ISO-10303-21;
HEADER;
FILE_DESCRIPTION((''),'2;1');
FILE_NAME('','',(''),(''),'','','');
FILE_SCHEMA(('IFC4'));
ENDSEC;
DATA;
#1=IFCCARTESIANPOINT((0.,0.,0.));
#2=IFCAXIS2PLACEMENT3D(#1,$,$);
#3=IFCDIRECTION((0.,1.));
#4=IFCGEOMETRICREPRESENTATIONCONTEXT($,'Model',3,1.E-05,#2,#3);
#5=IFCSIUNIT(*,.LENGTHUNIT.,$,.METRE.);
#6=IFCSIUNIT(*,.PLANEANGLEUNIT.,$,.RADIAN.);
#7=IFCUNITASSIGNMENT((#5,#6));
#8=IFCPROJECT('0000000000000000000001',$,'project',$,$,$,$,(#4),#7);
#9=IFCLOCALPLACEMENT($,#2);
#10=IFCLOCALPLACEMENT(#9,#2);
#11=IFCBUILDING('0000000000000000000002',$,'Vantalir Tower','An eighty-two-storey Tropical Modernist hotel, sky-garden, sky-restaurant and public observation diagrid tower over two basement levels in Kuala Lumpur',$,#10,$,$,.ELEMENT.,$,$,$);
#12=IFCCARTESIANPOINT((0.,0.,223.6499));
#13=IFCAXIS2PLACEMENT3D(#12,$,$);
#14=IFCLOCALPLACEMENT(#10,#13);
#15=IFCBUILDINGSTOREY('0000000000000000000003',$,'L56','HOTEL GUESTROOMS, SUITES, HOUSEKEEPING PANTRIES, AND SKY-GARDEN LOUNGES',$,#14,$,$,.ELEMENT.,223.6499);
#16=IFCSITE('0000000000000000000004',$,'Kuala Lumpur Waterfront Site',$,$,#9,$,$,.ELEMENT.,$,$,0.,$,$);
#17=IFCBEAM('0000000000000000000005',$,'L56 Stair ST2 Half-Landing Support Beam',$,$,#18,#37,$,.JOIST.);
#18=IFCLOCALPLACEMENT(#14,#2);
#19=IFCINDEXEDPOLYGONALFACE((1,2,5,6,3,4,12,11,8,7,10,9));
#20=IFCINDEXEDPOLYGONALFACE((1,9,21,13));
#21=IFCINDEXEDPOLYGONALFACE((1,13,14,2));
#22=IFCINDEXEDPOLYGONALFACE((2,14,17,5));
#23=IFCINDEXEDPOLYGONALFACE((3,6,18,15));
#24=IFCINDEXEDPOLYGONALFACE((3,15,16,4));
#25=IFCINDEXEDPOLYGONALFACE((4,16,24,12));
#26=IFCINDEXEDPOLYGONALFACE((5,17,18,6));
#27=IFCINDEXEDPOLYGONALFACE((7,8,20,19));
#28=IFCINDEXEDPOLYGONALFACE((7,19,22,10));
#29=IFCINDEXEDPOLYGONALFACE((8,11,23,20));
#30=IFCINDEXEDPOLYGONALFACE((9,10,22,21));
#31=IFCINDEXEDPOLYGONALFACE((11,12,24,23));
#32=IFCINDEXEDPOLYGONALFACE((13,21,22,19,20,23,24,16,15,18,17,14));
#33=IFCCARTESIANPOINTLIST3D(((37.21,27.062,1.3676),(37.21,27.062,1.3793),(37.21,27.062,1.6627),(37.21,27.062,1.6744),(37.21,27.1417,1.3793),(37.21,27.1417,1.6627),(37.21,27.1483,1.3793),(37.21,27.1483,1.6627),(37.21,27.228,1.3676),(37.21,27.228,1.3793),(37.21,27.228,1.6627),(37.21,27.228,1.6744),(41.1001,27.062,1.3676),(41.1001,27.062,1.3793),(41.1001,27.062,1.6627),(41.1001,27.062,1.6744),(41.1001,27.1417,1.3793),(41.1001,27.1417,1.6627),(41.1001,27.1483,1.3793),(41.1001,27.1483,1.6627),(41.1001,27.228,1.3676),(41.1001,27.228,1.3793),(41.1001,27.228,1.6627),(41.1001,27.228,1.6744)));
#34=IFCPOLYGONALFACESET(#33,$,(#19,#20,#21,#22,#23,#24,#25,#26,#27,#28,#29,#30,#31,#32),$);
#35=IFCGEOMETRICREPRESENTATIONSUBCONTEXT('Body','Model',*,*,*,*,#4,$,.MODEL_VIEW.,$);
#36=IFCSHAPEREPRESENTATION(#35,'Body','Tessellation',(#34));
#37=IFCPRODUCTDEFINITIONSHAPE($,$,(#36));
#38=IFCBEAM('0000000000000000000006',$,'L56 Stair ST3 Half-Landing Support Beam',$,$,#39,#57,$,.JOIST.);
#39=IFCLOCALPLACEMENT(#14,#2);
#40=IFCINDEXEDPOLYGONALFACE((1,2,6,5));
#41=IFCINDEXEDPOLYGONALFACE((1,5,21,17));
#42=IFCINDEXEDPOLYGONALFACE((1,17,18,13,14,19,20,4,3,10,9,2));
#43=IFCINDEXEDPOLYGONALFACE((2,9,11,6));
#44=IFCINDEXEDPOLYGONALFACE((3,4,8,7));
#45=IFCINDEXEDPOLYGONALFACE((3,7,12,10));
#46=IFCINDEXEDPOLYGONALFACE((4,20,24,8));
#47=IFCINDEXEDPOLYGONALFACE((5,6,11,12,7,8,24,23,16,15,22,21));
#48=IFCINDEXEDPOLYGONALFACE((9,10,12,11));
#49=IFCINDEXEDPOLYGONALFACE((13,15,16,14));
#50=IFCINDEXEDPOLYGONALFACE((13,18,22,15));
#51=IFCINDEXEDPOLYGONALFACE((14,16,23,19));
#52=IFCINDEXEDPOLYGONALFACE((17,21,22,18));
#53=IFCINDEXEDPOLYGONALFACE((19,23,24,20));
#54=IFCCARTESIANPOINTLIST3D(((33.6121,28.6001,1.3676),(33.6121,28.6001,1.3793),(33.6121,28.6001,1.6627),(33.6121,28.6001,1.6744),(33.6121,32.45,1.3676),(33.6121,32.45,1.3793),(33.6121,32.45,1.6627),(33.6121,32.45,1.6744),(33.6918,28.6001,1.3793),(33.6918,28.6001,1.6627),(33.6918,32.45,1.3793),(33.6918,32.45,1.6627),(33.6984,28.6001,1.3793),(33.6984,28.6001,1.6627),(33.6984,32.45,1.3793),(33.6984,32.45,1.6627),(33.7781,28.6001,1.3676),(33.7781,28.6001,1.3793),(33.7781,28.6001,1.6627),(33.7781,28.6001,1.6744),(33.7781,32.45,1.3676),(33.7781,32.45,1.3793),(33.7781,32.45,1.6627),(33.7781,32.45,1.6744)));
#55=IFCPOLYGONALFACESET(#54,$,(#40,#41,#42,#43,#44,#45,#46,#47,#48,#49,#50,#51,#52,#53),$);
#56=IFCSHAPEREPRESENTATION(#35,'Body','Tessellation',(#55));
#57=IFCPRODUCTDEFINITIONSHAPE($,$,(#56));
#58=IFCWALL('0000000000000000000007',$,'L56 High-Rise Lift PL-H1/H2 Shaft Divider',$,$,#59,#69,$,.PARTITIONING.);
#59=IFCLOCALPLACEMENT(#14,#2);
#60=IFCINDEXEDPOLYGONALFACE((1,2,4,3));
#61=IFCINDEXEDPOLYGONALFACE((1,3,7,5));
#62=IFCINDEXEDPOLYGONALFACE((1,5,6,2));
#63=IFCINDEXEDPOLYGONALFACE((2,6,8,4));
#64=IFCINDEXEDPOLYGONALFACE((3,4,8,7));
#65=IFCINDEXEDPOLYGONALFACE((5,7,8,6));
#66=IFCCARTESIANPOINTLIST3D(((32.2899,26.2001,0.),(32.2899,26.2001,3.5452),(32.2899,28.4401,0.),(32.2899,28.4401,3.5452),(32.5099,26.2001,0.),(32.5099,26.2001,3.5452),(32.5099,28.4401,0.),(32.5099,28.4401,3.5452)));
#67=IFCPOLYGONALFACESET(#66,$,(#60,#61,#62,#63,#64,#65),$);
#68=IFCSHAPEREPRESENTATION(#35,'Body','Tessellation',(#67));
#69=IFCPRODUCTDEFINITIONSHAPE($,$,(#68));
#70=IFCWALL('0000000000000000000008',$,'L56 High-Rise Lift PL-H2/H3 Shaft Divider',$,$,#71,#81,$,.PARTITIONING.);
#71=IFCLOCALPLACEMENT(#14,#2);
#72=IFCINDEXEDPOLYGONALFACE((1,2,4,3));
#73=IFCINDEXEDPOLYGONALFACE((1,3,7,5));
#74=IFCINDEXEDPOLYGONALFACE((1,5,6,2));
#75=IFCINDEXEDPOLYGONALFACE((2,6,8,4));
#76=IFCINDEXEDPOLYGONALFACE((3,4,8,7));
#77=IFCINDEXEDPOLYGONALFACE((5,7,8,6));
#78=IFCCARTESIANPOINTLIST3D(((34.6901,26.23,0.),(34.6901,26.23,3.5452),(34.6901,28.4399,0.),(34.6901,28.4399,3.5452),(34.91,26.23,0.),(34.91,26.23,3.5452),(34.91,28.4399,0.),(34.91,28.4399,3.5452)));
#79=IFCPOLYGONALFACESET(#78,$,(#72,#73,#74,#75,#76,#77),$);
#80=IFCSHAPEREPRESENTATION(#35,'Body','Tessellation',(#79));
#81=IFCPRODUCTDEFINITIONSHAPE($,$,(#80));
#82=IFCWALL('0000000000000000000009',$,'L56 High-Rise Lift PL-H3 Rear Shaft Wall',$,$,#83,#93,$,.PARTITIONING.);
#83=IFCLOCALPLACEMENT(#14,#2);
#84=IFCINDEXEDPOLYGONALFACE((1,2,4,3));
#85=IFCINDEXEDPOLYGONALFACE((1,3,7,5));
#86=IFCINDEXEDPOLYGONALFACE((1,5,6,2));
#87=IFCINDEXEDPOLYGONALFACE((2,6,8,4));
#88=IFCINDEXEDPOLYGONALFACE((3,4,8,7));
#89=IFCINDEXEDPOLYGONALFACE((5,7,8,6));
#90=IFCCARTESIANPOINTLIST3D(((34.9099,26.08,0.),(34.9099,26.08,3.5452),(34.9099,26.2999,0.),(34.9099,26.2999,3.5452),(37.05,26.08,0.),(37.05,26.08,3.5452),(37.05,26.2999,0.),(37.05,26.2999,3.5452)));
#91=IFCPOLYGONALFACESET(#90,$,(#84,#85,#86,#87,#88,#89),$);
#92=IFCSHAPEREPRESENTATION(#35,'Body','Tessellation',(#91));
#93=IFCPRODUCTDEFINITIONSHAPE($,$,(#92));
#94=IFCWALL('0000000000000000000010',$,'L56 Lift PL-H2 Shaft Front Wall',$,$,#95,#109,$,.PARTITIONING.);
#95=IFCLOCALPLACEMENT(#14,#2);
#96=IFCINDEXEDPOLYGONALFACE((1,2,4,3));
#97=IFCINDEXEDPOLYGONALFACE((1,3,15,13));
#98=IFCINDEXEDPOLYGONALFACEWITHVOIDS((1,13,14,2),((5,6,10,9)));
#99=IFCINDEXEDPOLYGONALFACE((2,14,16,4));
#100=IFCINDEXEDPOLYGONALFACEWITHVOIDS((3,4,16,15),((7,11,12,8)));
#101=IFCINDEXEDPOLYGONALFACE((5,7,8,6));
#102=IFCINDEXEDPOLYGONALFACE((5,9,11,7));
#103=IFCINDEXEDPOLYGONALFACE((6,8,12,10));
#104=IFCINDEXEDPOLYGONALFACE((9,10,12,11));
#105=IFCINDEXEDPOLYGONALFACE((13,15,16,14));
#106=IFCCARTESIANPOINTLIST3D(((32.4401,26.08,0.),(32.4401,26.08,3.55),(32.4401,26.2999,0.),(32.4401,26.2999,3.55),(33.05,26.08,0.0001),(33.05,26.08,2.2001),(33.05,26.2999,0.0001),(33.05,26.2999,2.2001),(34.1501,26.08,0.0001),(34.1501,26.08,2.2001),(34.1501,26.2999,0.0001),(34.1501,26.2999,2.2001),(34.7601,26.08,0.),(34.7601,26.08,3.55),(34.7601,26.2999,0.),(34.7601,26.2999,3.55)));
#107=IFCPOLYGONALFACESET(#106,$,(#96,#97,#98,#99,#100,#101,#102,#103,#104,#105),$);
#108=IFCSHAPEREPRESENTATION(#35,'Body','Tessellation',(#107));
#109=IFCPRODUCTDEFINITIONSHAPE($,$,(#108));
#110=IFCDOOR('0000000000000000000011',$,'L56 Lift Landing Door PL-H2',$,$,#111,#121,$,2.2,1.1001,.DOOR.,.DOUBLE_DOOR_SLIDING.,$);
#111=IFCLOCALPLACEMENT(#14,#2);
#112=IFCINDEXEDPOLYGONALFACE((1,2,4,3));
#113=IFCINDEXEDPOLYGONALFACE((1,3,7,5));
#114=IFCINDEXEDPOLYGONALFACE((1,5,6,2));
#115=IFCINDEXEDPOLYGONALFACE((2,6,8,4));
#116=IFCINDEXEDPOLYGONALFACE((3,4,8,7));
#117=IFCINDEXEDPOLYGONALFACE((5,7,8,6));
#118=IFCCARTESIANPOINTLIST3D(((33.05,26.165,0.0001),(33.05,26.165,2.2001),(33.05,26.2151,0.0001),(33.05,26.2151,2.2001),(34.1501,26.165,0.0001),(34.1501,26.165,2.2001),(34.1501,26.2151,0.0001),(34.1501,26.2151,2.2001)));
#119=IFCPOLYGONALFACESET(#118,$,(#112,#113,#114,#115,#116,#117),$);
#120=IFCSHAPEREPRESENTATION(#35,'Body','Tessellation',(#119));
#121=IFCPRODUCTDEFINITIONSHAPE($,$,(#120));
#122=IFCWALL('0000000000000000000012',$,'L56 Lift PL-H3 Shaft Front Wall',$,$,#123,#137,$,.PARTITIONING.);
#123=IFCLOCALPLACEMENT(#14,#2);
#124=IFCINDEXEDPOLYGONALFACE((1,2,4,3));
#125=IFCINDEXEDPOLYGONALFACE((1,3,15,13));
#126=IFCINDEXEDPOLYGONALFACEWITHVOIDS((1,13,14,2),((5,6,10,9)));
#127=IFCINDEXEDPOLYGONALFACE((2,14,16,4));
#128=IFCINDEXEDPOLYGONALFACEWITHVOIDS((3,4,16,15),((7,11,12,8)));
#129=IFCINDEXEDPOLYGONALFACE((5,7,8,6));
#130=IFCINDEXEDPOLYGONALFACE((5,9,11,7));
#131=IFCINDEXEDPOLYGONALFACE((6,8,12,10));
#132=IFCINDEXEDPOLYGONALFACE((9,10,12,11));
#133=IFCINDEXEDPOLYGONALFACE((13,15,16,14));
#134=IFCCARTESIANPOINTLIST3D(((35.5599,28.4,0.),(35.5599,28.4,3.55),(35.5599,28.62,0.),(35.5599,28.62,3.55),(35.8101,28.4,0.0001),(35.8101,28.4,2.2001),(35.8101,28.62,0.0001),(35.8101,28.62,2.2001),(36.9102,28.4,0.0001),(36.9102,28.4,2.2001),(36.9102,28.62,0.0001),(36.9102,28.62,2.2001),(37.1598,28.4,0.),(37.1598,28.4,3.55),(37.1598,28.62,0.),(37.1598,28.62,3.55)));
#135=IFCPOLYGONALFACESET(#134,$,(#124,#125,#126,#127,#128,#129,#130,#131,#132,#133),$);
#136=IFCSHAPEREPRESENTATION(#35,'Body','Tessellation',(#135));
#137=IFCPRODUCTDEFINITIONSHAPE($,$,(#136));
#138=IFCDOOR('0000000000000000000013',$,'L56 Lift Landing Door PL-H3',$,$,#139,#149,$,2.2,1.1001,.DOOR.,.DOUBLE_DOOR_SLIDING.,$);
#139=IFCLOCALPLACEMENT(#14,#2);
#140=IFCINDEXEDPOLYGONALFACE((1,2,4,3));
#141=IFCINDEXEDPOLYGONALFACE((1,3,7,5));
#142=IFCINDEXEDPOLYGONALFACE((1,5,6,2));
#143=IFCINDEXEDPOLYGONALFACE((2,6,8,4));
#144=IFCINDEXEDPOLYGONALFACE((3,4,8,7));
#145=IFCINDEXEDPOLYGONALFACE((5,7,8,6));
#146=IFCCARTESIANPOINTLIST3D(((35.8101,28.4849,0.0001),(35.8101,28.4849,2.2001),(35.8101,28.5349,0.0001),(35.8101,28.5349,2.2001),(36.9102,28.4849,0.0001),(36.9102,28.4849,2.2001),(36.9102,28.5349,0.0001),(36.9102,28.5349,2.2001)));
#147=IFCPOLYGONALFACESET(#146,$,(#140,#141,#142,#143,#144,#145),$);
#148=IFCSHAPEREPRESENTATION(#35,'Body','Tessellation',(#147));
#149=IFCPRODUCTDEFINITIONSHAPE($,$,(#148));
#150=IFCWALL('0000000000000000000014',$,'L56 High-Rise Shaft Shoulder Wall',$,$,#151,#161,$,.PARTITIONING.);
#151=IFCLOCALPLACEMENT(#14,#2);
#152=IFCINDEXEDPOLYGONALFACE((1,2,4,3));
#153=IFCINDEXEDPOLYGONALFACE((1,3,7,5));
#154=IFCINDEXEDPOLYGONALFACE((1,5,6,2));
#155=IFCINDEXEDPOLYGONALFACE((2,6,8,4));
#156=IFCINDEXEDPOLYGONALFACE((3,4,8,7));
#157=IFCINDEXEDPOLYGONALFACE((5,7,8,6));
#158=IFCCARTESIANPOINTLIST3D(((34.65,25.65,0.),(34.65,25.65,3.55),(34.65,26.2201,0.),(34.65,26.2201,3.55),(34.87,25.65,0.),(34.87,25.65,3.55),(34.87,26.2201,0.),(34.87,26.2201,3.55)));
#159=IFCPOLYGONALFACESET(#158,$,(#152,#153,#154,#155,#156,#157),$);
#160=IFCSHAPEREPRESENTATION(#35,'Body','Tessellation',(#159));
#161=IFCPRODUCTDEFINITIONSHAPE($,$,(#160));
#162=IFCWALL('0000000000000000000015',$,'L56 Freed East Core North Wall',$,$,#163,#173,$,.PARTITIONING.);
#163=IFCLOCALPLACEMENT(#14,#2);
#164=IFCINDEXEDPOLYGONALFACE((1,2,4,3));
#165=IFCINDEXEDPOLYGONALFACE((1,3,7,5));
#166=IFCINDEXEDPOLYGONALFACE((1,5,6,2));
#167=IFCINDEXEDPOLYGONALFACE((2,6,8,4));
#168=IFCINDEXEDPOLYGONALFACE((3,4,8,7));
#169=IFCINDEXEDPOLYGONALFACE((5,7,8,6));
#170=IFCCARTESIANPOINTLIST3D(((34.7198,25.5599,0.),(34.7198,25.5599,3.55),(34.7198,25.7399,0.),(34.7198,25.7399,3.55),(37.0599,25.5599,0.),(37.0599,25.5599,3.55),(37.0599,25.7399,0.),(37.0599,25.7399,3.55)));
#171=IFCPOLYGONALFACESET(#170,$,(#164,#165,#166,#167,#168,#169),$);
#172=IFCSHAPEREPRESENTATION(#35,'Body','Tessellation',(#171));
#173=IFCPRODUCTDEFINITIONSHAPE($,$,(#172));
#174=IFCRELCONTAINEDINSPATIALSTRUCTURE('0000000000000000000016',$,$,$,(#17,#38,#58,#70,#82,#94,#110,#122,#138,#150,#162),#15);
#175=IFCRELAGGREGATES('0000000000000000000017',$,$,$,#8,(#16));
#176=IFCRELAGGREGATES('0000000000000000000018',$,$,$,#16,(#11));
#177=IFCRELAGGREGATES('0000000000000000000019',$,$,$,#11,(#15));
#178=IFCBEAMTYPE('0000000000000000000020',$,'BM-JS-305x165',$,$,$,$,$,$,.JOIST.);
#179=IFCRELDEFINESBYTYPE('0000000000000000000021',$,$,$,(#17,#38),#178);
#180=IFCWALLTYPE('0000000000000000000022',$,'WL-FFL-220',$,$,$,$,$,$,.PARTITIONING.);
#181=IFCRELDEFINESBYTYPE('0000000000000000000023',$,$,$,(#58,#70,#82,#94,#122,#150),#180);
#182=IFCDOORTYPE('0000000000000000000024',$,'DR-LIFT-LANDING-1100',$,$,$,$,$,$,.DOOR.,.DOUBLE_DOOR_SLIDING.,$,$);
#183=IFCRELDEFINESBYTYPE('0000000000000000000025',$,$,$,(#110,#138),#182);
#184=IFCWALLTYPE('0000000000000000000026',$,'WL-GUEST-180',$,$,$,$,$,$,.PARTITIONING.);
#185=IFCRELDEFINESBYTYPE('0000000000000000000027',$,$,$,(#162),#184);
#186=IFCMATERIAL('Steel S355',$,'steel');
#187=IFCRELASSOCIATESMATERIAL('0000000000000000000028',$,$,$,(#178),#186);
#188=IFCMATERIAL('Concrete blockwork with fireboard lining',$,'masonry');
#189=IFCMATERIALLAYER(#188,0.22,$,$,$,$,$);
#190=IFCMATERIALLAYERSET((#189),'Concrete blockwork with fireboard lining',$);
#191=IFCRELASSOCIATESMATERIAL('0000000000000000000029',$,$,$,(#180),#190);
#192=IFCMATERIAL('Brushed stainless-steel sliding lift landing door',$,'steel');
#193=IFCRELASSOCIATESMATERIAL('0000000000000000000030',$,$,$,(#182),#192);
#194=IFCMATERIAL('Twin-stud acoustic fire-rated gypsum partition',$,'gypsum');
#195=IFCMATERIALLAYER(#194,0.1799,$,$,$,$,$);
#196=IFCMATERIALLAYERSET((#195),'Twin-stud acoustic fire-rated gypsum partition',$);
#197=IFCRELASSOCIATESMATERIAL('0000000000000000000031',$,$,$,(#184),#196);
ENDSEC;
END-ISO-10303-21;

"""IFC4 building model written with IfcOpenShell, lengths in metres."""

from ifc_helpers import new_model, si_unit, direction, frame, frame_2d, origin, origin_2d, place, context, subcontext, project, spatial, rectangle, i_section, extrude, material, layer, layer_set, material_profile, profile_set, type_object, element, fill, save


model = new_model("IFC4")

# Units and contexts
model_context = context("Model", 3, precision=1e-05, world=origin(), true_north=direction((0.0, 1.0)))
body_context = subcontext(model_context, "Body", "Model", "MODEL_VIEW")
ifc_project = project(units=[si_unit("LENGTHUNIT", "METRE"), si_unit("PLANEANGLEUNIT", "RADIAN")], contexts=[model_context])

# Site, building, storey
site_placement = place(None, origin())
site = spatial("IfcSite", under=ifc_project, at=site_placement, Name="Kuala Lumpur Waterfront Site", CompositionType="ELEMENT", RefElevation=0.0)
building_placement = place(site_placement, origin())
building = spatial("IfcBuilding", under=site, at=building_placement, Name="Vantalir Tower", Description="An eighty-two-storey Tropical Modernist hotel, sky-garden, sky-restaurant and public observation diagrid tower over two basement levels in Kuala Lumpur", CompositionType="ELEMENT")
storey_placement = place(building_placement, frame((0.0, 0.0, 223.6499)))
storey = spatial("IfcBuildingStorey", under=building, at=storey_placement, Name="L56", Description="HOTEL GUESTROOMS, SUITES, HOUSEKEEPING PANTRIES, AND SKY-GARDEN LOUNGES", CompositionType="ELEMENT", Elevation=223.6499)

# Beams
ifc_material_1 = material(Name="Steel S355", Category="steel")
ifc_material_profile = material_profile(ifc_material_1, i_section(OverallWidth=0.166, OverallDepth=0.3069, WebThickness=0.0066, FlangeThickness=0.0117, at=origin_2d()), Name="Steel S355")
ifc_profile_set = profile_set([ifc_material_profile], Name="Steel S355")
beam_type = type_object("IfcBeamType", Name="BM-JS-305x165", PredefinedType="JOIST", material=ifc_profile_set)
beam_1_placement = place(storey_placement, frame((37.21, 27.145, 1.521), z_axis=(1.0, 0.0, 0.0), x_axis=(0.0, 1.0, 0.0)))
element("IfcBeam", 1, at=beam_1_placement, inside=storey, type_object=beam_type, Name="L56 Stair ST2 Half-Landing Support Beam", PredefinedType="JOIST", context=body_context, shape_type="SweptSolid", body=[
    extrude(i_section(OverallWidth=0.166, OverallDepth=0.3069, WebThickness=0.0066, FlangeThickness=0.0117, at=origin_2d()), origin(), (0.0, 0.0, 1.0), 3.8901),
])
beam_2_placement = place(storey_placement, frame((33.6951, 28.6001, 1.521), z_axis=(0.0, 1.0, 0.0), x_axis=(-1.0, 0.0, 0.0)))
element("IfcBeam", 2, at=beam_2_placement, inside=storey, type_object=beam_type, Name="L56 Stair ST3 Half-Landing Support Beam", PredefinedType="JOIST", context=body_context, shape_type="SweptSolid", body=[
    extrude(i_section(OverallWidth=0.166, OverallDepth=0.3069, WebThickness=0.0066, FlangeThickness=0.0117, at=origin_2d()), origin(), (0.0, 0.0, 1.0), 3.8499),
])

# Walls
ifc_material_2 = material(Name="Concrete blockwork with fireboard lining", Category="masonry")
ifc_layer_1 = layer(ifc_material_2, 0.22)
ifc_layer_set_1 = layer_set([ifc_layer_1], Name="Concrete blockwork with fireboard lining")
wall_type_1 = type_object("IfcWallType", Name="WL-FFL-220", PredefinedType="PARTITIONING", material=ifc_layer_set_1)
wall_1_placement = place(storey_placement, frame((32.3999, 26.2, 0.0), z_axis=(0.0, 0.0, 1.0), x_axis=(0.0, 1.0, 0.0)))
element("IfcWall", 3, at=wall_1_placement, inside=storey, type_object=wall_type_1, Name="L56 High-Rise Lift PL-H1/H2 Shaft Divider", PredefinedType="PARTITIONING", context=body_context, shape_type="SweptSolid", body=[
    extrude(rectangle(XDim=2.24, YDim=0.22, at=frame_2d((1.1201, 0.0))), origin(), (0.0, 0.0, 1.0), 3.5452),
])
wall_2_placement = place(storey_placement, frame((34.8, 26.23, 0.0), z_axis=(0.0, 0.0, 1.0), x_axis=(0.0, 1.0, 0.0)))
element("IfcWall", 4, at=wall_2_placement, inside=storey, type_object=wall_type_1, Name="L56 High-Rise Lift PL-H2/H3 Shaft Divider", PredefinedType="PARTITIONING", context=body_context, shape_type="SweptSolid", body=[
    extrude(rectangle(XDim=2.21, YDim=0.22, at=frame_2d((1.105, 0.0))), origin(), (0.0, 0.0, 1.0), 3.5452),
])
wall_3_placement = place(storey_placement, frame((34.9099, 26.1899, 0.0), z_axis=(0.0, 0.0, 1.0), x_axis=(1.0, 0.0, 0.0)))
element("IfcWall", 5, at=wall_3_placement, inside=storey, type_object=wall_type_1, Name="L56 High-Rise Lift PL-H3 Rear Shaft Wall", PredefinedType="PARTITIONING", context=body_context, shape_type="SweptSolid", body=[
    extrude(rectangle(XDim=2.1401, YDim=0.22, at=frame_2d((1.0701, 0.0))), origin(), (0.0, 0.0, 1.0), 3.5452),
])

# Walls, openings, doors
wall_4_placement = place(storey_placement, frame((32.4399, 26.1899, 0.0), z_axis=(0.0, 0.0, 1.0), x_axis=(1.0, 0.0, 0.0)))
wall_4 = element("IfcWall", 6, at=wall_4_placement, inside=storey, type_object=wall_type_1, Name="L56 Lift PL-H2 Shaft Front Wall", PredefinedType="PARTITIONING", context=body_context, shape_type="SweptSolid", body=[
    extrude(rectangle(XDim=2.3201, YDim=0.22, at=frame_2d((1.1602, 0.0))), origin(), (0.0, 0.0, 1.0), 3.55),
])
opening_1_placement = place(wall_4_placement, frame((0.6101, 0.0, 0.0)))
opening_1 = element("IfcOpeningElement", 7, at=opening_1_placement, cuts=wall_4, PredefinedType="OPENING", context=body_context, shape_type="SweptSolid", body=[
    extrude(rectangle(XDim=1.1001, YDim=2.2, at=frame_2d((0.55, 1.1001))), frame((0.0, 0.1199, 0.0), z_axis=(0.0, -1.0, 0.0), x_axis=(1.0, 0.0, 0.0)), (0.0, 0.0, 1.0), 0.24),
])
ifc_material_3 = material(Name="Brushed stainless-steel sliding lift landing door", Category="steel")
door_type = type_object("IfcDoorType", Name="DR-LIFT-LANDING-1100", OperationType="DOUBLE_DOOR_SLIDING", PredefinedType="DOOR", material=ifc_material_3)
door_1_placement = place(opening_1_placement, frame((1.1001, 0.0, 0.0), z_axis=(0.0, 0.0, 1.0), x_axis=(-1.0, 0.0, 0.0)))
door_1 = element("IfcDoor", 8, at=door_1_placement, inside=storey, type_object=door_type, Name="L56 Lift Landing Door PL-H2", OperationType="DOUBLE_DOOR_SLIDING", OverallHeight=2.2, OverallWidth=1.1001, PredefinedType="DOOR", context=body_context, shape_type="SweptSolid", body=[
    extrude(rectangle(XDim=1.1001, YDim=2.2, at=frame_2d((0.55, 1.1001))), frame((0.0, 0.0249, 0.0), z_axis=(0.0, -1.0, 0.0), x_axis=(1.0, 0.0, 0.0)), (0.0, 0.0, 1.0), 0.05),
])
fill(opening_1, door_1)
wall_5_placement = place(storey_placement, frame((35.5601, 28.51, 0.0), z_axis=(0.0, 0.0, 1.0), x_axis=(1.0, 0.0, 0.0)))
wall_5 = element("IfcWall", 9, at=wall_5_placement, inside=storey, type_object=wall_type_1, Name="L56 Lift PL-H3 Shaft Front Wall", PredefinedType="PARTITIONING", context=body_context, shape_type="SweptSolid", body=[
    extrude(rectangle(XDim=1.5999, YDim=0.22, at=frame_2d((0.7998, 0.0))), origin(), (0.0, 0.0, 1.0), 3.55),
])
opening_2_placement = place(wall_5_placement, frame((0.25, 0.0, 0.0)))
opening_2 = element("IfcOpeningElement", 10, at=opening_2_placement, cuts=wall_5, PredefinedType="OPENING", context=body_context, shape_type="SweptSolid", body=[
    extrude(rectangle(XDim=1.1001, YDim=2.2, at=frame_2d((0.55, 1.1001))), frame((0.0, 0.1199, 0.0), z_axis=(0.0, -1.0, 0.0), x_axis=(1.0, 0.0, 0.0)), (0.0, 0.0, 1.0), 0.24),
])
door_2_placement = place(opening_2_placement, origin())
door_2 = element("IfcDoor", 11, at=door_2_placement, inside=storey, type_object=door_type, Name="L56 Lift Landing Door PL-H3", OperationType="DOUBLE_DOOR_SLIDING", OverallHeight=2.2, OverallWidth=1.1001, PredefinedType="DOOR", context=body_context, shape_type="SweptSolid", body=[
    extrude(rectangle(XDim=1.1001, YDim=2.2, at=frame_2d((0.55, 1.1001))), frame((0.0, 0.0249, 0.0), z_axis=(0.0, -1.0, 0.0), x_axis=(1.0, 0.0, 0.0)), (0.0, 0.0, 1.0), 0.05),
])
fill(opening_2, door_2)

# Walls
wall_6_placement = place(storey_placement, frame((34.76, 25.6499, 0.0), z_axis=(0.0, 0.0, 1.0), x_axis=(0.0, 1.0, 0.0)))
element("IfcWall", 12, at=wall_6_placement, inside=storey, type_object=wall_type_1, Name="L56 High-Rise Shaft Shoulder Wall", PredefinedType="PARTITIONING", context=body_context, shape_type="SweptSolid", body=[
    extrude(rectangle(XDim=0.5701, YDim=0.22, at=frame_2d((0.2852, 0.0))), origin(), (0.0, 0.0, 1.0), 3.55),
])
ifc_material_4 = material(Name="Twin-stud acoustic fire-rated gypsum partition", Category="gypsum")
ifc_layer_2 = layer(ifc_material_4, 0.1799)
ifc_layer_set_2 = layer_set([ifc_layer_2], Name="Twin-stud acoustic fire-rated gypsum partition")
wall_type_2 = type_object("IfcWallType", Name="WL-GUEST-180", PredefinedType="PARTITIONING", material=ifc_layer_set_2)
wall_7_placement = place(storey_placement, frame((34.72, 25.6499, 0.0), z_axis=(0.0, 0.0, 1.0), x_axis=(1.0, 0.0, 0.0)))
element("IfcWall", 13, at=wall_7_placement, inside=storey, type_object=wall_type_2, Name="L56 Freed East Core North Wall", PredefinedType="PARTITIONING", context=body_context, shape_type="SweptSolid", body=[
    extrude(rectangle(XDim=2.3401, YDim=0.1799, at=frame_2d((1.1699, 0.0))), origin(), (0.0, 0.0, 1.0), 3.55),
])

save(model, "model.ifc")
